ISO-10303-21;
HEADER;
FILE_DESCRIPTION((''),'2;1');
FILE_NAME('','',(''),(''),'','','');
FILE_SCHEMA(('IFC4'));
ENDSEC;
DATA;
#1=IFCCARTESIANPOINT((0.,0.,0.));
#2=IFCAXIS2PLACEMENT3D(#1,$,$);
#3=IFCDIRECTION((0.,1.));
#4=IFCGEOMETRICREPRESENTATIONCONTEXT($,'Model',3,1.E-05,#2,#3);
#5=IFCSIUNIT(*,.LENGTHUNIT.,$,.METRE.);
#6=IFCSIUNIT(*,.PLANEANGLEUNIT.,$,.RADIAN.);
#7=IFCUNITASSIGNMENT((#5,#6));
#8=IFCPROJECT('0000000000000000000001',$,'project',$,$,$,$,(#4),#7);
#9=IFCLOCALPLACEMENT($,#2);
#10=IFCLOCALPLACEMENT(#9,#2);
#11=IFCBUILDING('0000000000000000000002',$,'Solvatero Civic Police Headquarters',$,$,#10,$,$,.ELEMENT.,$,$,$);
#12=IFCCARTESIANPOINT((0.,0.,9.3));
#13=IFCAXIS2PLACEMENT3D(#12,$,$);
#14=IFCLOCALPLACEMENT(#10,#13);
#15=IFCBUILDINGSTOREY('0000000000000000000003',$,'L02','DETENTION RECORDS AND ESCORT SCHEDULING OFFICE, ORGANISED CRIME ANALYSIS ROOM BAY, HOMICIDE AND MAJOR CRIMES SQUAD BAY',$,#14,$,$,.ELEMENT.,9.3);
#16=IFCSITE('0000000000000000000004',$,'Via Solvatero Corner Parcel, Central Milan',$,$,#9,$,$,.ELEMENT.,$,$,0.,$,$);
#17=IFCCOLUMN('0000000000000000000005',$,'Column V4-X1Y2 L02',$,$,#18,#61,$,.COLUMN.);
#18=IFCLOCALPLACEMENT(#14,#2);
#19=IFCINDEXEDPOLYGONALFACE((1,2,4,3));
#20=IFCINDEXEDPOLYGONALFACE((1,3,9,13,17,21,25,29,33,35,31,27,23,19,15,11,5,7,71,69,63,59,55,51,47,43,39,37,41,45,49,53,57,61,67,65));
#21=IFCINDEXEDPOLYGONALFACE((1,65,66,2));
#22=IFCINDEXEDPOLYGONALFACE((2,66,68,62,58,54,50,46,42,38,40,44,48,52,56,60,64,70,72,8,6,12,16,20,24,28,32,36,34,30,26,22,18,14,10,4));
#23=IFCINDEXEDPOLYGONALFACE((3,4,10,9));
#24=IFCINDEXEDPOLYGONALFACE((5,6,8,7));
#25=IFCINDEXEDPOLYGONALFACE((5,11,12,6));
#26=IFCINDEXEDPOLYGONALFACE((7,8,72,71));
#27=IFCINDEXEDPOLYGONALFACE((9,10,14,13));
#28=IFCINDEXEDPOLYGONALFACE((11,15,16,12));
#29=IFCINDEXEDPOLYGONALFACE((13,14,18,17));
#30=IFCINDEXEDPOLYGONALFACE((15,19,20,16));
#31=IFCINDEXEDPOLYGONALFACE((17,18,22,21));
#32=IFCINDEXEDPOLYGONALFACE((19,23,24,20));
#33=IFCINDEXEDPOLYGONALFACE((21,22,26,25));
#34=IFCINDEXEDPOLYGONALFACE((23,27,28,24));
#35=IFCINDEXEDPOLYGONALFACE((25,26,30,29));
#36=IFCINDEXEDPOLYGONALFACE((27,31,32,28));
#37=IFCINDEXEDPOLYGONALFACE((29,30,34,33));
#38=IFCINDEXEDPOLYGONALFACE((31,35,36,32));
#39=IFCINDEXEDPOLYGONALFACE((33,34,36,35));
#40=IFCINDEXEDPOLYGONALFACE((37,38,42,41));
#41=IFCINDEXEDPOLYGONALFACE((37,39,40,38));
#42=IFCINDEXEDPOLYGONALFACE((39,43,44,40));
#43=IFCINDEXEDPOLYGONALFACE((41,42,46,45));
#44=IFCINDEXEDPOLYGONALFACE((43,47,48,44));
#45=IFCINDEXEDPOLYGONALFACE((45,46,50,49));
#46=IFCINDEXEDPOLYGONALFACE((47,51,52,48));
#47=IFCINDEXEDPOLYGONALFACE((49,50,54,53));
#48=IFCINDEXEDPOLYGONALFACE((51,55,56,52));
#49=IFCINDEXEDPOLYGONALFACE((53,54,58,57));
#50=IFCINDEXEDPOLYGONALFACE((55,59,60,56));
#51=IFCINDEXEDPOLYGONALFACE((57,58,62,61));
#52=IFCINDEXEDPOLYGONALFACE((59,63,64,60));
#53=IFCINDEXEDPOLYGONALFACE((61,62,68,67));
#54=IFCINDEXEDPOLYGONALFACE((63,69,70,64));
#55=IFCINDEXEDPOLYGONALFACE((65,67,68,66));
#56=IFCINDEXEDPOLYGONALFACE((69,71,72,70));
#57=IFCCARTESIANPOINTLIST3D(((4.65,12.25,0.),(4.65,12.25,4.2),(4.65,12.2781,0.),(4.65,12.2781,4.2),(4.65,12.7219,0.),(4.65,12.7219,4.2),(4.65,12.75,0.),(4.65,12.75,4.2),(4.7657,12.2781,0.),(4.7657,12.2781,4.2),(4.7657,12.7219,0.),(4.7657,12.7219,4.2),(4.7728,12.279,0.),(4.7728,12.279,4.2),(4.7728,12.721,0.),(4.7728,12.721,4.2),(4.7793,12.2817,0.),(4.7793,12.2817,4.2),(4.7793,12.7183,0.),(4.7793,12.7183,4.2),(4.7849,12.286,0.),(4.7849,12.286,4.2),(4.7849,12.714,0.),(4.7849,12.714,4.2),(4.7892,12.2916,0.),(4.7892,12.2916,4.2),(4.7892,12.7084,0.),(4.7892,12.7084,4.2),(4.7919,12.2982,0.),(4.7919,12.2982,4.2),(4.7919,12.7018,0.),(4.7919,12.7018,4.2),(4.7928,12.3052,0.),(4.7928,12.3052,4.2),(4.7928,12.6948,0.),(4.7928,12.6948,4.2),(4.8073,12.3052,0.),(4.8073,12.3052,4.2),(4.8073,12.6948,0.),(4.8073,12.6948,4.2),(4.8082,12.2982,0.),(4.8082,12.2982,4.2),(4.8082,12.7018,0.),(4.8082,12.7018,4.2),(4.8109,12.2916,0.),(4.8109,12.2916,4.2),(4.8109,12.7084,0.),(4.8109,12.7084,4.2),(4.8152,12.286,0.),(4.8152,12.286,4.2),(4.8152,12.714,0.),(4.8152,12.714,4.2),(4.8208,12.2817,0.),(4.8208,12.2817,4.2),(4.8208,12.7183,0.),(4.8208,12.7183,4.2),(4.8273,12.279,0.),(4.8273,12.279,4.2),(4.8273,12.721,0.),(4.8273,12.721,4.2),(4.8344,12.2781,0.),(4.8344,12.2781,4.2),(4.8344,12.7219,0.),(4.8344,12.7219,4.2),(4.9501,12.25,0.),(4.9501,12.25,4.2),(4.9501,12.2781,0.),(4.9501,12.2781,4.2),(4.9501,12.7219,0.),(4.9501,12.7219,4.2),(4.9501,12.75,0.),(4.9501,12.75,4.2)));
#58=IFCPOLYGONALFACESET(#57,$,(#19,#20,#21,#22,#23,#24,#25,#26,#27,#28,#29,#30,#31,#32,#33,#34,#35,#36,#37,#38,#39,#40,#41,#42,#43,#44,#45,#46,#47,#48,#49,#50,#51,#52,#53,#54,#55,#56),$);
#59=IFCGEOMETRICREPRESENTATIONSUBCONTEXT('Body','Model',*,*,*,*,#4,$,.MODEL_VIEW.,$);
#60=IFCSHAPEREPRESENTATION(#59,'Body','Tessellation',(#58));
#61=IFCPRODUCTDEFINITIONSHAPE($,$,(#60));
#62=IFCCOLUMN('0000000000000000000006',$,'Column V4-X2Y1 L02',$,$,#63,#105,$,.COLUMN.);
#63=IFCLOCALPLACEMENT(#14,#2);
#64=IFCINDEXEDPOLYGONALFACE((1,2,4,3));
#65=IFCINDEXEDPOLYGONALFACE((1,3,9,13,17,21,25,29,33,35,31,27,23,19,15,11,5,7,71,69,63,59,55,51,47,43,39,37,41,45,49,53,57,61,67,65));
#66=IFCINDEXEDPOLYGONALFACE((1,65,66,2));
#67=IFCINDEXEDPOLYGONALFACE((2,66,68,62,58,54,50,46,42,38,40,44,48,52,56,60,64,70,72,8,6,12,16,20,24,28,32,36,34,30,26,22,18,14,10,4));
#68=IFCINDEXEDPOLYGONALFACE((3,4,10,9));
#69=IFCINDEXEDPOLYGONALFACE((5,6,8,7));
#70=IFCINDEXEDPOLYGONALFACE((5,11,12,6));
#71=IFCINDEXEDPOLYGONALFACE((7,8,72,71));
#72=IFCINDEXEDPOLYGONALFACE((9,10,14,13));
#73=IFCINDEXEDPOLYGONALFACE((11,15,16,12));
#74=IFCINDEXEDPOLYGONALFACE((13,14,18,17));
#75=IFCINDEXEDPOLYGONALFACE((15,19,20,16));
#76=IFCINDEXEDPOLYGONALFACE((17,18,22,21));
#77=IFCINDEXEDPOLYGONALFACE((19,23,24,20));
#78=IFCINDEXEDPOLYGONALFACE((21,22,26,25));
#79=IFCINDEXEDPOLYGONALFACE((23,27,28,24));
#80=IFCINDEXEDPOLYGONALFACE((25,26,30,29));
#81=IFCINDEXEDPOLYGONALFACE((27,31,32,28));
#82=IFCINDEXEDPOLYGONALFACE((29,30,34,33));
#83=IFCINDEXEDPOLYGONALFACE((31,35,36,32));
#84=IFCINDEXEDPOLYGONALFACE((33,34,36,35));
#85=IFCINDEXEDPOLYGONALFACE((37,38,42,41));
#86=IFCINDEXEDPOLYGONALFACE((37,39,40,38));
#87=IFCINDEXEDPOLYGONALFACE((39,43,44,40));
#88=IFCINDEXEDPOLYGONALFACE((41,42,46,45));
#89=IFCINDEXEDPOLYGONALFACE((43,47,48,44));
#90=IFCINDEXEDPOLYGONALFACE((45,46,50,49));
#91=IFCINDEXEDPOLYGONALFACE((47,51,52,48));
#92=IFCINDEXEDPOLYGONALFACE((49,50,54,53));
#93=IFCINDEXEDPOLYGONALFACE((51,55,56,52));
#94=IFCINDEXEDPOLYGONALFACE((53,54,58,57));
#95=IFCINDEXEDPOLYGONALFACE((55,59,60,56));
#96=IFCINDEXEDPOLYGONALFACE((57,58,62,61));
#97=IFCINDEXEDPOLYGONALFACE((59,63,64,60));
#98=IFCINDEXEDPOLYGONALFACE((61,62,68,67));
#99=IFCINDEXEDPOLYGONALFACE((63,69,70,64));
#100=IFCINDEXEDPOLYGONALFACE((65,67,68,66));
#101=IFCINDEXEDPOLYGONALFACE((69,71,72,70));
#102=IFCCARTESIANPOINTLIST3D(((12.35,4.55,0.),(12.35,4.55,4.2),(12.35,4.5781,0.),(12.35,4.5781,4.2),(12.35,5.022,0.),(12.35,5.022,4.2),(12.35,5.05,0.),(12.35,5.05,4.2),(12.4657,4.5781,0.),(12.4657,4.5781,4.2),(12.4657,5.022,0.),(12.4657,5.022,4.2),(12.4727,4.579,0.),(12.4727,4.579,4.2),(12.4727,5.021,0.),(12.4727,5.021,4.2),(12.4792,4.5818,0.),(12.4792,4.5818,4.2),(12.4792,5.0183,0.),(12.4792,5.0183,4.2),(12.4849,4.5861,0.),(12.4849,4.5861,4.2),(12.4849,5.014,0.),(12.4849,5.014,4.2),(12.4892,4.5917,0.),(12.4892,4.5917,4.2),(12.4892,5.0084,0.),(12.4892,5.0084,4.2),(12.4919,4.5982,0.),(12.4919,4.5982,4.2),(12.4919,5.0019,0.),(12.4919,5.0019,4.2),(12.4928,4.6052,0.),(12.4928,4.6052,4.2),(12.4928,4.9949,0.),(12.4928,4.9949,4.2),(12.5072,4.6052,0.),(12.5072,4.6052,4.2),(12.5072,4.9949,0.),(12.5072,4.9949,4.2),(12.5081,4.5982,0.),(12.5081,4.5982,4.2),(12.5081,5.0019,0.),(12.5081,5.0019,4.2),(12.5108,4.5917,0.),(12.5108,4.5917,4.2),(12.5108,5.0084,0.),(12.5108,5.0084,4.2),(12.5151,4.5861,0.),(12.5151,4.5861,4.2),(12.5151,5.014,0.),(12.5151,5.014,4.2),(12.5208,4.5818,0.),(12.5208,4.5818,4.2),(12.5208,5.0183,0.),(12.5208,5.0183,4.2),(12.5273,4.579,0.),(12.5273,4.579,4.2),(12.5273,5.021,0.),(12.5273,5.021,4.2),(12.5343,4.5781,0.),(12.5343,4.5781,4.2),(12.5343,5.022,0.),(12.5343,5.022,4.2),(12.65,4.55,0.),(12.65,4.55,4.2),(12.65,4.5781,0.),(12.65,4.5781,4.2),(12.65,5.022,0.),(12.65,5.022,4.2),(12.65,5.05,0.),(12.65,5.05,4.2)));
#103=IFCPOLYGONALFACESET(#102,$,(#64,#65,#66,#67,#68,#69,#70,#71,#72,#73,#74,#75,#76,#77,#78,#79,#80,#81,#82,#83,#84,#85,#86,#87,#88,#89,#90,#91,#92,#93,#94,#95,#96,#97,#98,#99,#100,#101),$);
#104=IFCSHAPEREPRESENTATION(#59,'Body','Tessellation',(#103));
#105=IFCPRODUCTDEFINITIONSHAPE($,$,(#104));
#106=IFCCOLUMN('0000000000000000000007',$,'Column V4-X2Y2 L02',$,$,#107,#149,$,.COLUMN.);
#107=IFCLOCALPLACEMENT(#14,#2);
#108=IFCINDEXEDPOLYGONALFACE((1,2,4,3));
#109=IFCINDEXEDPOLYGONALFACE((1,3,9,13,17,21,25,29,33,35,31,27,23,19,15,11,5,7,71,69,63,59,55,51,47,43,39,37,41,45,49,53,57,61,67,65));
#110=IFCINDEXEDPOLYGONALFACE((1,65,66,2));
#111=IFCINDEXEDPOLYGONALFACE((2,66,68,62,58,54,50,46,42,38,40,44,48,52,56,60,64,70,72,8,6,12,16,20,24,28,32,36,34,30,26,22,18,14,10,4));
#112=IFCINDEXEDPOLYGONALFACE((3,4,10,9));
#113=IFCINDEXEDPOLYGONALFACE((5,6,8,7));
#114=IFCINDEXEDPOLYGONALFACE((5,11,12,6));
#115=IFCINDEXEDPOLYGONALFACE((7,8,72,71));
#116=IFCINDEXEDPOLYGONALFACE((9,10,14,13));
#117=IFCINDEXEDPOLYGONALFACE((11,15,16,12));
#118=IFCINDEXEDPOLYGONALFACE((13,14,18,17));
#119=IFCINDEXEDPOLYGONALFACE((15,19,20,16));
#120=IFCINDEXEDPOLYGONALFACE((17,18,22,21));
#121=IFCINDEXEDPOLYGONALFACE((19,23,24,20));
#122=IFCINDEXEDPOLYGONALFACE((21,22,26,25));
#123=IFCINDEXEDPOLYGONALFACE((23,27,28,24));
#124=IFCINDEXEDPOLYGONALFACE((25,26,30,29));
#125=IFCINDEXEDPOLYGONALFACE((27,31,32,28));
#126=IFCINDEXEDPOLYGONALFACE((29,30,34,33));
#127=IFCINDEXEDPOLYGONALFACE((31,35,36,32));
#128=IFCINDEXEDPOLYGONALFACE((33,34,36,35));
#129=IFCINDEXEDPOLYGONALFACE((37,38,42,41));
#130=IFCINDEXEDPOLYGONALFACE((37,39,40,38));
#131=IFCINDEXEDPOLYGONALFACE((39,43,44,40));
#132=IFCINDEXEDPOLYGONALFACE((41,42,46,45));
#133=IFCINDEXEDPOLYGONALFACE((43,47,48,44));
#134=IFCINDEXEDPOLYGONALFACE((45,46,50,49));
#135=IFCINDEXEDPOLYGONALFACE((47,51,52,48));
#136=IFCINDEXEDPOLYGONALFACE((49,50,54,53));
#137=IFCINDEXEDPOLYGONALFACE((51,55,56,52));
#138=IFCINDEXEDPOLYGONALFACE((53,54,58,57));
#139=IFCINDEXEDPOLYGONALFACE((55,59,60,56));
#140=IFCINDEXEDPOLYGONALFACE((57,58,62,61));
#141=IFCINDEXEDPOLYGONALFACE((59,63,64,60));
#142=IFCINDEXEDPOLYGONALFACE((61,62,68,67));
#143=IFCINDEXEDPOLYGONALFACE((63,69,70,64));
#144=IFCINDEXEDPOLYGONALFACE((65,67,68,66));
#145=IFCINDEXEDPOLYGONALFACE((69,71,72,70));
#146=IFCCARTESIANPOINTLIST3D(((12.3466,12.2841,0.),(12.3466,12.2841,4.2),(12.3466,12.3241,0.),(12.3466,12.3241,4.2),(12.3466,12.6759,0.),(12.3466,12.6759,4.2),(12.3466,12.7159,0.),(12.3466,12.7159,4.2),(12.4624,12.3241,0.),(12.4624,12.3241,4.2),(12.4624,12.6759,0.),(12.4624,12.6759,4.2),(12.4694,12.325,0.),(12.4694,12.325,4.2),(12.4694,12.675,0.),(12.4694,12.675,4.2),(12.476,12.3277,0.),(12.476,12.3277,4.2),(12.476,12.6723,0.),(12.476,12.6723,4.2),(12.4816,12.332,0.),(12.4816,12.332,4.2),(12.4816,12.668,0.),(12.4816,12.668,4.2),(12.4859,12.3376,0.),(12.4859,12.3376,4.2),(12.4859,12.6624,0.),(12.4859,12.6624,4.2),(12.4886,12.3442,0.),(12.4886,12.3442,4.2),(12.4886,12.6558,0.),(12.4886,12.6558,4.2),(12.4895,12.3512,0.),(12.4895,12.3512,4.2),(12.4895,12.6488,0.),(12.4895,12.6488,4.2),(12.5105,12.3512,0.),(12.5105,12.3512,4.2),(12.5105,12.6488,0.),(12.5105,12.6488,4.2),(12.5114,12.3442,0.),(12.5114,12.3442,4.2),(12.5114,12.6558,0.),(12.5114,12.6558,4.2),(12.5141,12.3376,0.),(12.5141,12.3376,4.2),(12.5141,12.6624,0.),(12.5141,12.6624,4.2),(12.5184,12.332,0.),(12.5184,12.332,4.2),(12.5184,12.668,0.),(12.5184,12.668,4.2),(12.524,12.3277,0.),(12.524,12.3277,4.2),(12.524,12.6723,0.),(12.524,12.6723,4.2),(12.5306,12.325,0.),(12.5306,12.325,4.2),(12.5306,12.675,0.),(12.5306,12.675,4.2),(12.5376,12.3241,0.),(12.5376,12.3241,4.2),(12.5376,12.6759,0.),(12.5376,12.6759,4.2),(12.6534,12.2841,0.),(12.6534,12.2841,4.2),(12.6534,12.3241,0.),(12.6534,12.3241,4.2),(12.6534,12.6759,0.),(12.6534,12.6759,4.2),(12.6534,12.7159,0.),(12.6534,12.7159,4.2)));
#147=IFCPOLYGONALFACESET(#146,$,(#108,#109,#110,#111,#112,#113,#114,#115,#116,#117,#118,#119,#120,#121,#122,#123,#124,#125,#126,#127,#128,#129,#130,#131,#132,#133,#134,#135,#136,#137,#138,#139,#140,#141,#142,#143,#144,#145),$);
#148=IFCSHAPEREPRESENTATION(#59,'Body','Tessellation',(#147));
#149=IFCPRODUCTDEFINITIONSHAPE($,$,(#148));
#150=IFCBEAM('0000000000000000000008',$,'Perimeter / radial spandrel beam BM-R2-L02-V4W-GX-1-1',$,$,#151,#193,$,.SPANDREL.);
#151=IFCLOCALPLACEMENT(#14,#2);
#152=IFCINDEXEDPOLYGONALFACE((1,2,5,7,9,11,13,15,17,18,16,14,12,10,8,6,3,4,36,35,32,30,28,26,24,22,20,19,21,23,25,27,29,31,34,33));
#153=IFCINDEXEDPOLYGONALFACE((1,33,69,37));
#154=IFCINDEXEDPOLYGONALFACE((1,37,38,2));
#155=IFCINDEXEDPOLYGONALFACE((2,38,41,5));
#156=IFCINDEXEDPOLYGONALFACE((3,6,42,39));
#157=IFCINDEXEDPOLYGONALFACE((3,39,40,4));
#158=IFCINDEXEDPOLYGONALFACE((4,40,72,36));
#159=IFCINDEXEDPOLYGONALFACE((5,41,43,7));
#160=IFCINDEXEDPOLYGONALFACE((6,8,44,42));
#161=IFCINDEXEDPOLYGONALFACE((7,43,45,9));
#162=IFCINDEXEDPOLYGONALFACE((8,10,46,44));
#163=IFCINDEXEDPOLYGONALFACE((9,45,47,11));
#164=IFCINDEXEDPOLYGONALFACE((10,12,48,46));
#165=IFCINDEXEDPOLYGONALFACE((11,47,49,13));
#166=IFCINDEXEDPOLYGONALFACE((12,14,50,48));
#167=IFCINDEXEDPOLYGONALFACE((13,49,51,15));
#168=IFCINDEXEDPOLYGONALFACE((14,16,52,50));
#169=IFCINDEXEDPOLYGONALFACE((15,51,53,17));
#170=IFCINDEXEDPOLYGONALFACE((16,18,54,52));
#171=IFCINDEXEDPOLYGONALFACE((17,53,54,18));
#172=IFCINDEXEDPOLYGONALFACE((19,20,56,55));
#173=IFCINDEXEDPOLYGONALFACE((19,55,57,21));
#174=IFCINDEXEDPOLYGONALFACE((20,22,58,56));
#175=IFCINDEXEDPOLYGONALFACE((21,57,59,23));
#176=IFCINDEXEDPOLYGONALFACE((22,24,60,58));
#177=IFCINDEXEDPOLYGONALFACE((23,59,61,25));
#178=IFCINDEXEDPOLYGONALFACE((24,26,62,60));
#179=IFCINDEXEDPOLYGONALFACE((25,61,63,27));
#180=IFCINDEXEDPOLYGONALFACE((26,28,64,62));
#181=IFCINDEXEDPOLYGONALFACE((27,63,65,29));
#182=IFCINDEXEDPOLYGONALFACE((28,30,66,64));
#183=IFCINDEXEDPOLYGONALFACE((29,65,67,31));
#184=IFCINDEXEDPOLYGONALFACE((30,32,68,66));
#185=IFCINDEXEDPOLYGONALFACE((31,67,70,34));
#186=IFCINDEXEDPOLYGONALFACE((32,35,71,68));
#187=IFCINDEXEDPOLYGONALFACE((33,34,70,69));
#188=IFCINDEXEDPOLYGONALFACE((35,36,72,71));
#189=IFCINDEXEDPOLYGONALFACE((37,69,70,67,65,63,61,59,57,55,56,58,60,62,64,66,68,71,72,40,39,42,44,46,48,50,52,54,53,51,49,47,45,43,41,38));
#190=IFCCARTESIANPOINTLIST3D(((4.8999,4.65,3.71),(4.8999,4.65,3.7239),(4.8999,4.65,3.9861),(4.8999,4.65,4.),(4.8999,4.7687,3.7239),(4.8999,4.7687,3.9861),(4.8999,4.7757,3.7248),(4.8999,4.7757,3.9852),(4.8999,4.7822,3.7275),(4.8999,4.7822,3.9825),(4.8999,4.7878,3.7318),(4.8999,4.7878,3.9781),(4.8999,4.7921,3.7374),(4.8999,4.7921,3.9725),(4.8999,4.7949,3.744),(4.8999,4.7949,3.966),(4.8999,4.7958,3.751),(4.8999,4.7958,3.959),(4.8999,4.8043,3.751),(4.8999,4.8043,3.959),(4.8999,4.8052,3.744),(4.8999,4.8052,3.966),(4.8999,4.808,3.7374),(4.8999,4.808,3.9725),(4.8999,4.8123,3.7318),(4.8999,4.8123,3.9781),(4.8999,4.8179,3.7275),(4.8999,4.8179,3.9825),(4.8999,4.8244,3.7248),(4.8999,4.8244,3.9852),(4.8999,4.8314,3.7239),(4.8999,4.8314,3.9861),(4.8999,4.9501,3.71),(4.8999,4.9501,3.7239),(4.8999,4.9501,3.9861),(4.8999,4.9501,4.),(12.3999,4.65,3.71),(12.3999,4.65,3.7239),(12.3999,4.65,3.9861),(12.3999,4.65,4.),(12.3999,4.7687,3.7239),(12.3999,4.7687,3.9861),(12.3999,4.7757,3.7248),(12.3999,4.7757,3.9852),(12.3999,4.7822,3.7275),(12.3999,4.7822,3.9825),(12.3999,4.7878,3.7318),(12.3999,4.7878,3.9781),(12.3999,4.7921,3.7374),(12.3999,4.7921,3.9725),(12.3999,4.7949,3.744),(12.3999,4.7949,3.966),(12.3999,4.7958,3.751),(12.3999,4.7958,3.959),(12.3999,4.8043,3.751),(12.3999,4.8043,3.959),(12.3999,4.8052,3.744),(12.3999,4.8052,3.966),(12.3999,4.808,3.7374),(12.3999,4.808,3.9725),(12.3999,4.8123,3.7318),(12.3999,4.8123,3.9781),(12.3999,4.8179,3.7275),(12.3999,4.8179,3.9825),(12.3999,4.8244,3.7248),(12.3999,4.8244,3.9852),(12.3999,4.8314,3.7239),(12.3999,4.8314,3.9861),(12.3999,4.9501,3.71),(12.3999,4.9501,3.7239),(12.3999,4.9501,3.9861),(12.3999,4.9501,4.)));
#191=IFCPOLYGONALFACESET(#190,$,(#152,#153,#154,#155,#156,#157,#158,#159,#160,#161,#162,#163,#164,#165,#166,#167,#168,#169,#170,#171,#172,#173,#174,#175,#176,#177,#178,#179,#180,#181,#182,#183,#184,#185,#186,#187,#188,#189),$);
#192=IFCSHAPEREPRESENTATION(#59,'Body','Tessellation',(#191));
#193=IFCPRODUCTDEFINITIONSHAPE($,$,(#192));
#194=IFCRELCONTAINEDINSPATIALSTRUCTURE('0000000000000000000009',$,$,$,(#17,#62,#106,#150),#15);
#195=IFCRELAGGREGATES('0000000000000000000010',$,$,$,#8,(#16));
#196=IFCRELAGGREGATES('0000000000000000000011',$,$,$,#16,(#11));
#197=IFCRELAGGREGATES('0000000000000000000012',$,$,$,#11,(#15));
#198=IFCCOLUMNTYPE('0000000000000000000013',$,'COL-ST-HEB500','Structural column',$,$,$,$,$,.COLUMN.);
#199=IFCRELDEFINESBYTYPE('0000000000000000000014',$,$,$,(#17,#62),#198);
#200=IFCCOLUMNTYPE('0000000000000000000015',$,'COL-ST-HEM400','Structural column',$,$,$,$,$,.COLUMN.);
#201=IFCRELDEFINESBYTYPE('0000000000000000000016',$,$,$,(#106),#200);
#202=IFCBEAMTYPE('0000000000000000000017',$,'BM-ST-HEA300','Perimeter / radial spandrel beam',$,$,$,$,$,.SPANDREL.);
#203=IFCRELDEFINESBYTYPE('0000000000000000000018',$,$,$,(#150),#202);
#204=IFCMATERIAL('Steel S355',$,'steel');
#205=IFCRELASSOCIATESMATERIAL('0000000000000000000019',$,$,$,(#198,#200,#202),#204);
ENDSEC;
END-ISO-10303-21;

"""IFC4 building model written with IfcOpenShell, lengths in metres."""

from ifc_helpers import new_model, si_unit, direction, frame, origin, origin_2d, place, context, subcontext, project, spatial, i_section, extrude, material, material_profile, profile_set, type_object, element, save


model = new_model("IFC4")

# Units and contexts
model_context = context("Model", 3, precision=1e-05, world=origin(), true_north=direction((0.0, 1.0)))
body_context = subcontext(model_context, "Body", "Model", "MODEL_VIEW")
ifc_project = project(units=[si_unit("LENGTHUNIT", "METRE"), si_unit("PLANEANGLEUNIT", "RADIAN")], contexts=[model_context])

# Site, building, storey
site_placement = place(None, origin())
site = spatial("IfcSite", under=ifc_project, at=site_placement, Name="Via Solvatero Corner Parcel, Central Milan", CompositionType="ELEMENT", RefElevation=0.0)
building_placement = place(site_placement, origin())
building = spatial("IfcBuilding", under=site, at=building_placement, Name="Solvatero Civic Police Headquarters", CompositionType="ELEMENT")
storey_placement = place(building_placement, frame((0.0, 0.0, 9.3)))
storey = spatial("IfcBuildingStorey", under=building, at=storey_placement, Name="L02", Description="DETENTION RECORDS AND ESCORT SCHEDULING OFFICE, ORGANISED CRIME ANALYSIS ROOM BAY, HOMICIDE AND MAJOR CRIMES SQUAD BAY", CompositionType="ELEMENT", Elevation=9.3)

# Columns
ifc_material_1 = material(Name="Steel S355", Category="steel")
ifc_material_profile_1 = material_profile(ifc_material_1, i_section(OverallWidth=0.3, OverallDepth=0.5, WebThickness=0.0144, FlangeThickness=0.0281, FilletRadius=0.0271, at=origin_2d()), Name="HEB 500")
ifc_profile_set_1 = profile_set([ifc_material_profile_1], Name="Steel S355")
column_type_1 = type_object("IfcColumnType", Name="COL-ST-HEB500", Description="Structural column", PredefinedType="COLUMN", material=ifc_profile_set_1)
for number, where, z_axis, x_axis, name in (
    (1, (4.8, 12.5, 0.0), (0.0, 0.0, 1.0), (1.0, 0.0, 0.0), "Column V4-X1Y2 L02"),
    (2, (12.5, 4.8, 0.0), (0.0, 0.0, 1.0), (1.0, 0.0, 0.0), "Column V4-X2Y1 L02"),
):
    element("IfcColumn", number, at=place(storey_placement, frame(where, z_axis=z_axis, x_axis=x_axis)), inside=storey, type_object=column_type_1, Name=name, PredefinedType="COLUMN", context=body_context, shape_type="SweptSolid", body=[
        extrude(i_section(OverallWidth=0.3, OverallDepth=0.5, WebThickness=0.0144, FlangeThickness=0.0281, FilletRadius=0.0271, at=origin_2d()), origin(), (0.0, 0.0, 1.0), 4.2),
    ])
ifc_material_profile_2 = material_profile(ifc_material_1, i_section(OverallWidth=0.3069, OverallDepth=0.4319, WebThickness=0.021, FlangeThickness=0.04, FilletRadius=0.0271, at=origin_2d()), Name="HEM 400")
ifc_profile_set_2 = profile_set([ifc_material_profile_2], Name="Steel S355")
column_type_2 = type_object("IfcColumnType", Name="COL-ST-HEM400", Description="Structural column", PredefinedType="COLUMN", material=ifc_profile_set_2)
column_placement = place(storey_placement, frame((12.5, 12.5, 0.0), z_axis=(0.0, 0.0, 1.0), x_axis=(1.0, 0.0, 0.0)))
element("IfcColumn", 3, at=column_placement, inside=storey, type_object=column_type_2, Name="Column V4-X2Y2 L02", PredefinedType="COLUMN", context=body_context, shape_type="SweptSolid", body=[
    extrude(i_section(OverallWidth=0.3069, OverallDepth=0.4319, WebThickness=0.021, FlangeThickness=0.04, FilletRadius=0.0271, at=origin_2d()), origin(), (0.0, 0.0, 1.0), 4.2),
])

# Beam
ifc_material_profile_3 = material_profile(ifc_material_1, i_section(OverallWidth=0.3, OverallDepth=0.29, WebThickness=0.0085, FlangeThickness=0.0139, FilletRadius=0.0271, at=origin_2d()), Name="HEA 300")
ifc_profile_set_3 = profile_set([ifc_material_profile_3], Name="Steel S355")
beam_type_1 = type_object("IfcBeamType", Name="BM-ST-HEA300", Description="Perimeter / radial spandrel beam", PredefinedType="SPANDREL", material=ifc_profile_set_3)
beam_1_placement = place(storey_placement, frame((4.8999, 4.8, 3.855), z_axis=(1.0, 0.0, 0.0), x_axis=(0.0, 1.0, 0.0)))
element("IfcBeam", 4, at=beam_1_placement, inside=storey, type_object=beam_type_1, Name="Perimeter / radial spandrel beam BM-R2-L02-V4W-GX-1-1", PredefinedType="SPANDREL", context=body_context, shape_type="SweptSolid", body=[
    extrude(i_section(OverallWidth=0.3, OverallDepth=0.29, WebThickness=0.0085, FlangeThickness=0.0139, FilletRadius=0.0271, at=origin_2d()), origin(), (0.0, 0.0, 1.0), 7.5),
])

save(model, "model.ifc")
